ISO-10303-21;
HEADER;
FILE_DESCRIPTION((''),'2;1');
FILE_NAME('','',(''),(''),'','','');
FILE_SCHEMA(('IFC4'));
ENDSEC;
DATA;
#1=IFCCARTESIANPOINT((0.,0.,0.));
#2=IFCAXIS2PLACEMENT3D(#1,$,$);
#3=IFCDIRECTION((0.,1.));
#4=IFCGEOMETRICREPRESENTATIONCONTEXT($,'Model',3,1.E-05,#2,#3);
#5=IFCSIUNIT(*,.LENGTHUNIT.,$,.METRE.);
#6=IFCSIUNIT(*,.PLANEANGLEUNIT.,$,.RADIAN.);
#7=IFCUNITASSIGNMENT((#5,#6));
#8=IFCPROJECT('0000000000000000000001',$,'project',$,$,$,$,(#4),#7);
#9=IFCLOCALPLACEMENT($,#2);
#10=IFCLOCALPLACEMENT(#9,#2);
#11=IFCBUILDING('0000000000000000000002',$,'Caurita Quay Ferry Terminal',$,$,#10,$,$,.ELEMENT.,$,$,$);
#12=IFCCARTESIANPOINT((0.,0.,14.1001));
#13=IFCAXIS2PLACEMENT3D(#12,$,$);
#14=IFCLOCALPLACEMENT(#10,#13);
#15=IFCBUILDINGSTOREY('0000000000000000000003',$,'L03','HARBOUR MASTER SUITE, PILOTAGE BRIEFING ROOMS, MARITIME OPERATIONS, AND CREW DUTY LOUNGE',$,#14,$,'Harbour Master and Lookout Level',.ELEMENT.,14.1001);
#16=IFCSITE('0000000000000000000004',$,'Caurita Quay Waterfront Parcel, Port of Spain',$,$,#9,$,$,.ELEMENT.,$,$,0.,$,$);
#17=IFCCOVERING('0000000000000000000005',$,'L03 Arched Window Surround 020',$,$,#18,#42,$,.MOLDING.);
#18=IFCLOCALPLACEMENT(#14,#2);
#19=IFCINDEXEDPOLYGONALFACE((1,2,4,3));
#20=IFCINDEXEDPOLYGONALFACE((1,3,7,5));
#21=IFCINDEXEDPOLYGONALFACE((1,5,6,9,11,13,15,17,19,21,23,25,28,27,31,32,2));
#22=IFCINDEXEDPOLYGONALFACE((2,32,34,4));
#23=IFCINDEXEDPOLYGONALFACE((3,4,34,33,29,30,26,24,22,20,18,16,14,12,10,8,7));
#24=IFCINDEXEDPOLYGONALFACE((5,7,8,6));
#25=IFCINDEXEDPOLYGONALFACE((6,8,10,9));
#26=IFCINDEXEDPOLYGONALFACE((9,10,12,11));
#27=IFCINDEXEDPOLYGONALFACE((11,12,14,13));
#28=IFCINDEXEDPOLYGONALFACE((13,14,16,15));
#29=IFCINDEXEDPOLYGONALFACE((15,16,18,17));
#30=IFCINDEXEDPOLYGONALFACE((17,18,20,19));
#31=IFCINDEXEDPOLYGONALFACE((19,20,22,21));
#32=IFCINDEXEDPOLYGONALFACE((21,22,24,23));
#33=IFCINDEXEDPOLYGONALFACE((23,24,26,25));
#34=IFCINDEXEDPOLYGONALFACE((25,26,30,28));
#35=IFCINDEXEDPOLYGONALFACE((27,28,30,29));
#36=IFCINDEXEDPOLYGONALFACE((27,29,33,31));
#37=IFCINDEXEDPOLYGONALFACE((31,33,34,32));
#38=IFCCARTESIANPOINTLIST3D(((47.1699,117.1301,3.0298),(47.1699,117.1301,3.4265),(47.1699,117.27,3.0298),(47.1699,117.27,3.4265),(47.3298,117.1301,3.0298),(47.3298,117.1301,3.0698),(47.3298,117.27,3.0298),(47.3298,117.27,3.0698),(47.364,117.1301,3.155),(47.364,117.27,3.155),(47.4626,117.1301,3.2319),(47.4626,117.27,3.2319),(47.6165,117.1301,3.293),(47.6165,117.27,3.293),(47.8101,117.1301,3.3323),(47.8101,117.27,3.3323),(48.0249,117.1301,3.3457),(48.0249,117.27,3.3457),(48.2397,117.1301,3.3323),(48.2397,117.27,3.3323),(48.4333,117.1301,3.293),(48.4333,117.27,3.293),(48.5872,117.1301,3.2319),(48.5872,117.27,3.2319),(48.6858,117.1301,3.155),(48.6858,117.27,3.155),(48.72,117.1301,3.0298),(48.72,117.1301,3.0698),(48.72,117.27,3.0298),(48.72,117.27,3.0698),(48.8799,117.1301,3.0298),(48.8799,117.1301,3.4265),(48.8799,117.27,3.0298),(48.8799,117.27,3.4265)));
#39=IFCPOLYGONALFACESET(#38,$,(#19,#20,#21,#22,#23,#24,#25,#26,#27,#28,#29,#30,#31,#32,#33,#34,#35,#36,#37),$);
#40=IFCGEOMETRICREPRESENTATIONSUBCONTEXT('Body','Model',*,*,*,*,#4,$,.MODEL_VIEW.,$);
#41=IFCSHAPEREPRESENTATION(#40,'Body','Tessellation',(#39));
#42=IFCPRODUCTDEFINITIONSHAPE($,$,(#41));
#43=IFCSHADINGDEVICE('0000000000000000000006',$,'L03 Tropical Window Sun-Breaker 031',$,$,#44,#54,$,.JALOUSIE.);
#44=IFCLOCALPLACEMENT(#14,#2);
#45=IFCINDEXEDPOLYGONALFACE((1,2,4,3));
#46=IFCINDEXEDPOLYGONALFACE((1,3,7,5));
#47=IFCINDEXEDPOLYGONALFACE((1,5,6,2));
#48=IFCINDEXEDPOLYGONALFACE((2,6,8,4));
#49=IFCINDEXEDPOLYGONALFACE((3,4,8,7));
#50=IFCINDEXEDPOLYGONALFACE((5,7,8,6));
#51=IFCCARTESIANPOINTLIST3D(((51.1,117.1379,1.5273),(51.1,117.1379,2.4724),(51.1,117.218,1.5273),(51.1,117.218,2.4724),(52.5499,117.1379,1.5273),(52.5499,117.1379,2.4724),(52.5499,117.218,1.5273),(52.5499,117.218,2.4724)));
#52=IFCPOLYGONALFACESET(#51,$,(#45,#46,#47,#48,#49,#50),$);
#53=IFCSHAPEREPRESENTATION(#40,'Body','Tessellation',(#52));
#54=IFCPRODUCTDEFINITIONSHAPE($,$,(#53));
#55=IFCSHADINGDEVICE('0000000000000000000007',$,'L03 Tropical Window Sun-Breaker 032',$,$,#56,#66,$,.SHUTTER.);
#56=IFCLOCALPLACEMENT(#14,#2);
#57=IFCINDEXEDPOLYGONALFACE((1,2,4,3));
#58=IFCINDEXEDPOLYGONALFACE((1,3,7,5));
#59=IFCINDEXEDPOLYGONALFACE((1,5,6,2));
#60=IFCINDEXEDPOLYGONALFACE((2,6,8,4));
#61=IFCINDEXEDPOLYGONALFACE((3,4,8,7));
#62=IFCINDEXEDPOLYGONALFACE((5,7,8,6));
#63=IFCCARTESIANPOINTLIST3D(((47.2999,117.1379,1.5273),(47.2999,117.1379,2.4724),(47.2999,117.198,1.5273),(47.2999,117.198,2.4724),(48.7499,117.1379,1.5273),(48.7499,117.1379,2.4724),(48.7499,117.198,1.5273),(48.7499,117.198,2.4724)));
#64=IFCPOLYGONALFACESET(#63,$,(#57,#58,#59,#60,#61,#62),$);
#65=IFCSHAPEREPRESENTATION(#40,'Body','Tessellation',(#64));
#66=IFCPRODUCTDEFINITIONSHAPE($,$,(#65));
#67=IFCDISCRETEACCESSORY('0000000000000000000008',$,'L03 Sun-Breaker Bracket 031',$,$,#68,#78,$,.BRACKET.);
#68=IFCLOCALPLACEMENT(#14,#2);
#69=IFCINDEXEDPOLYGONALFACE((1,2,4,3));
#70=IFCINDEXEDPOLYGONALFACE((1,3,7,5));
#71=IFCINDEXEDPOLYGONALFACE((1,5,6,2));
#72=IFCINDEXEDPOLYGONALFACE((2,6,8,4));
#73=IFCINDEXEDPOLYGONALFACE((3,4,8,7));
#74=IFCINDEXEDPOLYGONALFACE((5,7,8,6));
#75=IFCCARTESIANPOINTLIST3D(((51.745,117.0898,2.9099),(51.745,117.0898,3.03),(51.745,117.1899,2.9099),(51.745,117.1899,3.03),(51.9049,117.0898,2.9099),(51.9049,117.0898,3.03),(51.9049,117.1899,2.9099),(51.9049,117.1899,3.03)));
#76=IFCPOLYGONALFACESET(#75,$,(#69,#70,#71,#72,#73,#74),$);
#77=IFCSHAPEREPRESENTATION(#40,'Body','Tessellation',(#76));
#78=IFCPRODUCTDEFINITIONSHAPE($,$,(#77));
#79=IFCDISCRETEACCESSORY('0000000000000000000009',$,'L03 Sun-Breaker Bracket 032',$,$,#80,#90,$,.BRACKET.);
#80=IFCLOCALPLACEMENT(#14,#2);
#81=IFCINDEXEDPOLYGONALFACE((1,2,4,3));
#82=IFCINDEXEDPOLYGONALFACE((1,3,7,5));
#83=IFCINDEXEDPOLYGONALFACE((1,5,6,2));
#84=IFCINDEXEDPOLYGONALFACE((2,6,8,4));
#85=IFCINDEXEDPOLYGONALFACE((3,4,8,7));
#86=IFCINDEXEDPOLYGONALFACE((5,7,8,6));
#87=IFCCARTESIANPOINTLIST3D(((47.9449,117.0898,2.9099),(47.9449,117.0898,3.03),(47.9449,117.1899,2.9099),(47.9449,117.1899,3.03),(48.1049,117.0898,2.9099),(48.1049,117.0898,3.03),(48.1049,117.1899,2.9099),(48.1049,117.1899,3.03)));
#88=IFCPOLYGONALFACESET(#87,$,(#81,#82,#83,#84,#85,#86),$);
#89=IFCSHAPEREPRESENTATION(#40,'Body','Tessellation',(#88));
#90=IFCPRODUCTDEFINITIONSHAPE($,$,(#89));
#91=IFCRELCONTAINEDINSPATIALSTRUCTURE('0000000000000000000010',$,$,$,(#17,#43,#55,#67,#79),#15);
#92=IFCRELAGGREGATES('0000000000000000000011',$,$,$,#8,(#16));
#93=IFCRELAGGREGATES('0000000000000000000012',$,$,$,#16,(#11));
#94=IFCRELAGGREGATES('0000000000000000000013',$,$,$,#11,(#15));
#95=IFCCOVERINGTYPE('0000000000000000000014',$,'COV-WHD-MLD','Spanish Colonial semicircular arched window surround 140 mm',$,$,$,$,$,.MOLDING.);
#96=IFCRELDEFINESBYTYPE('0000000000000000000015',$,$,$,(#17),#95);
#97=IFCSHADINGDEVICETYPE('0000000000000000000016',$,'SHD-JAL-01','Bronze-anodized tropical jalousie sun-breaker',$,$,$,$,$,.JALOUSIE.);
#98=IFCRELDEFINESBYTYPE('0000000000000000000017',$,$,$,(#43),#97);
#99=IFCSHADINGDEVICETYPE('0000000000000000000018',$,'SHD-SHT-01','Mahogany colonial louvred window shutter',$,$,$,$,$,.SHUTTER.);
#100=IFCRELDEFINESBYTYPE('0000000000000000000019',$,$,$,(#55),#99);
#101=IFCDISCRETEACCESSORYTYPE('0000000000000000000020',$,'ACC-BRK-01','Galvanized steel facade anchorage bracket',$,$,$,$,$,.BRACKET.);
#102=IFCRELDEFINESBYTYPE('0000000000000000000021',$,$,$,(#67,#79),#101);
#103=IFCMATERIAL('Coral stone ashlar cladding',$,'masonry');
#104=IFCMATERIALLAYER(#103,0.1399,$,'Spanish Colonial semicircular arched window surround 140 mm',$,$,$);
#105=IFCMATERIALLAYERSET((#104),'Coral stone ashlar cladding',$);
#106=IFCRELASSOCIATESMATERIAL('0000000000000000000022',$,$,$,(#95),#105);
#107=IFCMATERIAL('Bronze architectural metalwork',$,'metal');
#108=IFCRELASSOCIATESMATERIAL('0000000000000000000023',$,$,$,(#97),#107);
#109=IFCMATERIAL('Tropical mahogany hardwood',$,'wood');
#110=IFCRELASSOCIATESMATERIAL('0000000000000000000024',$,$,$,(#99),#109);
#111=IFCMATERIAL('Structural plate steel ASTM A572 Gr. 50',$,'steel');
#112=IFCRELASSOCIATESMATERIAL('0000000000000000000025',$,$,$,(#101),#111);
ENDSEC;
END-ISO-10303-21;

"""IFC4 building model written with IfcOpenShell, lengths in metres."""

from ifc_helpers import new_model, si_unit, direction, frame, origin, origin_2d, place, context, subcontext, project, spatial, polyline, rectangle, outline, extrude, material, layer, layer_set, type_object, element, save


model = new_model("IFC4")

# Units and contexts
model_context = context("Model", 3, precision=1e-05, world=origin(), true_north=direction((0.0, 1.0)))
body_context = subcontext(model_context, "Body", "Model", "MODEL_VIEW")
ifc_project = project(units=[si_unit("LENGTHUNIT", "METRE"), si_unit("PLANEANGLEUNIT", "RADIAN")], contexts=[model_context])

# Site, building, storey
site_placement = place(None, origin())
site = spatial("IfcSite", under=ifc_project, at=site_placement, Name="Caurita Quay Waterfront Parcel, Port of Spain", CompositionType="ELEMENT", RefElevation=0.0)
building_placement = place(site_placement, origin())
building = spatial("IfcBuilding", under=site, at=building_placement, Name="Caurita Quay Ferry Terminal", CompositionType="ELEMENT")
storey_placement = place(building_placement, frame((0.0, 0.0, 14.1001)))
storey = spatial("IfcBuildingStorey", under=building, at=storey_placement, Name="L03", Description="HARBOUR MASTER SUITE, PILOTAGE BRIEFING ROOMS, MARITIME OPERATIONS, AND CREW DUTY LOUNGE", LongName="Harbour Master and Lookout Level", CompositionType="ELEMENT", Elevation=14.1001)

# Covering
ifc_material_1 = material(Name="Coral stone ashlar cladding", Category="masonry")
ifc_layer_1 = layer(ifc_material_1, 0.1399, Name="Spanish Colonial semicircular arched window surround 140 mm")
ifc_layer_set_1 = layer_set([ifc_layer_1], Name="Coral stone ashlar cladding")
covering_type_1 = type_object("IfcCoveringType", Name="COV-WHD-MLD", Description="Spanish Colonial semicircular arched window surround 140 mm", PredefinedType="MOLDING", material=ifc_layer_set_1)
for number, where, z_axis, x_axis, name in (
    (1, (48.8799, 117.2, 3.0298), (0.0, 0.0, 1.0), (-1.0, 0.0, 0.0), "L03 Arched Window Surround 020"),
):
    element("IfcCovering", number, at=place(storey_placement, frame(where, z_axis=z_axis, x_axis=x_axis)), inside=storey, type_object=covering_type_1, Name=name, PredefinedType="MOLDING", context=body_context, shape_type="SweptSolid", body=[
        extrude(outline(polyline([(0.0, 0.0), (0.1599, 0.0), (0.1599, 0.04), (0.1941, 0.1252), (0.2927, 0.2021), (0.4465, 0.2632), (0.6401, 0.3025), (0.855, 0.3159), (1.0698, 0.3025), (1.2634, 0.2632), (1.4172, 0.2021), (1.5159, 0.1252), (1.55, 0.04), (1.55, 0.0), (1.71, 0.0), (1.71, 0.3967), (0.0, 0.3967), (0.0, 0.0)])), frame((0.0, 0.0698, 0.0), z_axis=(0.0, -1.0, 0.0), x_axis=(1.0, 0.0, 0.0)), (0.0, 0.0, 1.0), 0.1399),
    ])

# Shading devices
ifc_material_2 = material(Name="Bronze architectural metalwork", Category="metal")
shading_device_type_1 = type_object("IfcShadingDeviceType", Name="SHD-JAL-01", Description="Bronze-anodized tropical jalousie sun-breaker", PredefinedType="JALOUSIE", material=ifc_material_2)
shading_device_1_placement = place(storey_placement, frame((51.825, 117.178, 1.5273), z_axis=(0.0, 0.0, 1.0), x_axis=(-1.0, 0.0, 0.0)))
element("IfcShadingDevice", 2, at=shading_device_1_placement, inside=storey, type_object=shading_device_type_1, Name="L03 Tropical Window Sun-Breaker 031", PredefinedType="JALOUSIE", context=body_context, shape_type="SweptSolid", body=[
    extrude(rectangle(XDim=1.45, YDim=0.0801, at=origin_2d()), origin(), (0.0, 0.0, 1.0), 0.9451),
])
ifc_material_3 = material(Name="Tropical mahogany hardwood", Category="wood")
shading_device_type_2 = type_object("IfcShadingDeviceType", Name="SHD-SHT-01", Description="Mahogany colonial louvred window shutter", PredefinedType="SHUTTER", material=ifc_material_3)
shading_device_2_placement = place(storey_placement, frame((48.0249, 117.168, 1.5273), z_axis=(0.0, 0.0, 1.0), x_axis=(-1.0, 0.0, 0.0)))
element("IfcShadingDevice", 3, at=shading_device_2_placement, inside=storey, type_object=shading_device_type_2, Name="L03 Tropical Window Sun-Breaker 032", PredefinedType="SHUTTER", context=body_context, shape_type="SweptSolid", body=[
    extrude(rectangle(XDim=1.45, YDim=0.0601, at=origin_2d()), origin(), (0.0, 0.0, 1.0), 0.9451),
])

# Discrete accessories
ifc_material_4 = material(Name="Structural plate steel ASTM A572 Gr. 50", Category="steel")
discrete_accessory_type = type_object("IfcDiscreteAccessoryType", Name="ACC-BRK-01", Description="Galvanized steel facade anchorage bracket", PredefinedType="BRACKET", material=ifc_material_4)
for number, where, z_axis, x_axis, name in (
    (4, (51.825, 117.1399, 2.9099), (0.0, 0.0, 1.0), (-1.0, 0.0, 0.0), "L03 Sun-Breaker Bracket 031"),
    (5, (48.0249, 117.1399, 2.9099), (0.0, 0.0, 1.0), (-1.0, 0.0, 0.0), "L03 Sun-Breaker Bracket 032"),
):
    element("IfcDiscreteAccessory", number, at=place(storey_placement, frame(where, z_axis=z_axis, x_axis=x_axis)), inside=storey, type_object=discrete_accessory_type, Name=name, PredefinedType="BRACKET", context=body_context, shape_type="SweptSolid", body=[
        extrude(rectangle(XDim=0.1599, YDim=0.1001, at=origin_2d()), origin(), (0.0, 0.0, 1.0), 0.1201),
    ])

save(model, "model.ifc")
